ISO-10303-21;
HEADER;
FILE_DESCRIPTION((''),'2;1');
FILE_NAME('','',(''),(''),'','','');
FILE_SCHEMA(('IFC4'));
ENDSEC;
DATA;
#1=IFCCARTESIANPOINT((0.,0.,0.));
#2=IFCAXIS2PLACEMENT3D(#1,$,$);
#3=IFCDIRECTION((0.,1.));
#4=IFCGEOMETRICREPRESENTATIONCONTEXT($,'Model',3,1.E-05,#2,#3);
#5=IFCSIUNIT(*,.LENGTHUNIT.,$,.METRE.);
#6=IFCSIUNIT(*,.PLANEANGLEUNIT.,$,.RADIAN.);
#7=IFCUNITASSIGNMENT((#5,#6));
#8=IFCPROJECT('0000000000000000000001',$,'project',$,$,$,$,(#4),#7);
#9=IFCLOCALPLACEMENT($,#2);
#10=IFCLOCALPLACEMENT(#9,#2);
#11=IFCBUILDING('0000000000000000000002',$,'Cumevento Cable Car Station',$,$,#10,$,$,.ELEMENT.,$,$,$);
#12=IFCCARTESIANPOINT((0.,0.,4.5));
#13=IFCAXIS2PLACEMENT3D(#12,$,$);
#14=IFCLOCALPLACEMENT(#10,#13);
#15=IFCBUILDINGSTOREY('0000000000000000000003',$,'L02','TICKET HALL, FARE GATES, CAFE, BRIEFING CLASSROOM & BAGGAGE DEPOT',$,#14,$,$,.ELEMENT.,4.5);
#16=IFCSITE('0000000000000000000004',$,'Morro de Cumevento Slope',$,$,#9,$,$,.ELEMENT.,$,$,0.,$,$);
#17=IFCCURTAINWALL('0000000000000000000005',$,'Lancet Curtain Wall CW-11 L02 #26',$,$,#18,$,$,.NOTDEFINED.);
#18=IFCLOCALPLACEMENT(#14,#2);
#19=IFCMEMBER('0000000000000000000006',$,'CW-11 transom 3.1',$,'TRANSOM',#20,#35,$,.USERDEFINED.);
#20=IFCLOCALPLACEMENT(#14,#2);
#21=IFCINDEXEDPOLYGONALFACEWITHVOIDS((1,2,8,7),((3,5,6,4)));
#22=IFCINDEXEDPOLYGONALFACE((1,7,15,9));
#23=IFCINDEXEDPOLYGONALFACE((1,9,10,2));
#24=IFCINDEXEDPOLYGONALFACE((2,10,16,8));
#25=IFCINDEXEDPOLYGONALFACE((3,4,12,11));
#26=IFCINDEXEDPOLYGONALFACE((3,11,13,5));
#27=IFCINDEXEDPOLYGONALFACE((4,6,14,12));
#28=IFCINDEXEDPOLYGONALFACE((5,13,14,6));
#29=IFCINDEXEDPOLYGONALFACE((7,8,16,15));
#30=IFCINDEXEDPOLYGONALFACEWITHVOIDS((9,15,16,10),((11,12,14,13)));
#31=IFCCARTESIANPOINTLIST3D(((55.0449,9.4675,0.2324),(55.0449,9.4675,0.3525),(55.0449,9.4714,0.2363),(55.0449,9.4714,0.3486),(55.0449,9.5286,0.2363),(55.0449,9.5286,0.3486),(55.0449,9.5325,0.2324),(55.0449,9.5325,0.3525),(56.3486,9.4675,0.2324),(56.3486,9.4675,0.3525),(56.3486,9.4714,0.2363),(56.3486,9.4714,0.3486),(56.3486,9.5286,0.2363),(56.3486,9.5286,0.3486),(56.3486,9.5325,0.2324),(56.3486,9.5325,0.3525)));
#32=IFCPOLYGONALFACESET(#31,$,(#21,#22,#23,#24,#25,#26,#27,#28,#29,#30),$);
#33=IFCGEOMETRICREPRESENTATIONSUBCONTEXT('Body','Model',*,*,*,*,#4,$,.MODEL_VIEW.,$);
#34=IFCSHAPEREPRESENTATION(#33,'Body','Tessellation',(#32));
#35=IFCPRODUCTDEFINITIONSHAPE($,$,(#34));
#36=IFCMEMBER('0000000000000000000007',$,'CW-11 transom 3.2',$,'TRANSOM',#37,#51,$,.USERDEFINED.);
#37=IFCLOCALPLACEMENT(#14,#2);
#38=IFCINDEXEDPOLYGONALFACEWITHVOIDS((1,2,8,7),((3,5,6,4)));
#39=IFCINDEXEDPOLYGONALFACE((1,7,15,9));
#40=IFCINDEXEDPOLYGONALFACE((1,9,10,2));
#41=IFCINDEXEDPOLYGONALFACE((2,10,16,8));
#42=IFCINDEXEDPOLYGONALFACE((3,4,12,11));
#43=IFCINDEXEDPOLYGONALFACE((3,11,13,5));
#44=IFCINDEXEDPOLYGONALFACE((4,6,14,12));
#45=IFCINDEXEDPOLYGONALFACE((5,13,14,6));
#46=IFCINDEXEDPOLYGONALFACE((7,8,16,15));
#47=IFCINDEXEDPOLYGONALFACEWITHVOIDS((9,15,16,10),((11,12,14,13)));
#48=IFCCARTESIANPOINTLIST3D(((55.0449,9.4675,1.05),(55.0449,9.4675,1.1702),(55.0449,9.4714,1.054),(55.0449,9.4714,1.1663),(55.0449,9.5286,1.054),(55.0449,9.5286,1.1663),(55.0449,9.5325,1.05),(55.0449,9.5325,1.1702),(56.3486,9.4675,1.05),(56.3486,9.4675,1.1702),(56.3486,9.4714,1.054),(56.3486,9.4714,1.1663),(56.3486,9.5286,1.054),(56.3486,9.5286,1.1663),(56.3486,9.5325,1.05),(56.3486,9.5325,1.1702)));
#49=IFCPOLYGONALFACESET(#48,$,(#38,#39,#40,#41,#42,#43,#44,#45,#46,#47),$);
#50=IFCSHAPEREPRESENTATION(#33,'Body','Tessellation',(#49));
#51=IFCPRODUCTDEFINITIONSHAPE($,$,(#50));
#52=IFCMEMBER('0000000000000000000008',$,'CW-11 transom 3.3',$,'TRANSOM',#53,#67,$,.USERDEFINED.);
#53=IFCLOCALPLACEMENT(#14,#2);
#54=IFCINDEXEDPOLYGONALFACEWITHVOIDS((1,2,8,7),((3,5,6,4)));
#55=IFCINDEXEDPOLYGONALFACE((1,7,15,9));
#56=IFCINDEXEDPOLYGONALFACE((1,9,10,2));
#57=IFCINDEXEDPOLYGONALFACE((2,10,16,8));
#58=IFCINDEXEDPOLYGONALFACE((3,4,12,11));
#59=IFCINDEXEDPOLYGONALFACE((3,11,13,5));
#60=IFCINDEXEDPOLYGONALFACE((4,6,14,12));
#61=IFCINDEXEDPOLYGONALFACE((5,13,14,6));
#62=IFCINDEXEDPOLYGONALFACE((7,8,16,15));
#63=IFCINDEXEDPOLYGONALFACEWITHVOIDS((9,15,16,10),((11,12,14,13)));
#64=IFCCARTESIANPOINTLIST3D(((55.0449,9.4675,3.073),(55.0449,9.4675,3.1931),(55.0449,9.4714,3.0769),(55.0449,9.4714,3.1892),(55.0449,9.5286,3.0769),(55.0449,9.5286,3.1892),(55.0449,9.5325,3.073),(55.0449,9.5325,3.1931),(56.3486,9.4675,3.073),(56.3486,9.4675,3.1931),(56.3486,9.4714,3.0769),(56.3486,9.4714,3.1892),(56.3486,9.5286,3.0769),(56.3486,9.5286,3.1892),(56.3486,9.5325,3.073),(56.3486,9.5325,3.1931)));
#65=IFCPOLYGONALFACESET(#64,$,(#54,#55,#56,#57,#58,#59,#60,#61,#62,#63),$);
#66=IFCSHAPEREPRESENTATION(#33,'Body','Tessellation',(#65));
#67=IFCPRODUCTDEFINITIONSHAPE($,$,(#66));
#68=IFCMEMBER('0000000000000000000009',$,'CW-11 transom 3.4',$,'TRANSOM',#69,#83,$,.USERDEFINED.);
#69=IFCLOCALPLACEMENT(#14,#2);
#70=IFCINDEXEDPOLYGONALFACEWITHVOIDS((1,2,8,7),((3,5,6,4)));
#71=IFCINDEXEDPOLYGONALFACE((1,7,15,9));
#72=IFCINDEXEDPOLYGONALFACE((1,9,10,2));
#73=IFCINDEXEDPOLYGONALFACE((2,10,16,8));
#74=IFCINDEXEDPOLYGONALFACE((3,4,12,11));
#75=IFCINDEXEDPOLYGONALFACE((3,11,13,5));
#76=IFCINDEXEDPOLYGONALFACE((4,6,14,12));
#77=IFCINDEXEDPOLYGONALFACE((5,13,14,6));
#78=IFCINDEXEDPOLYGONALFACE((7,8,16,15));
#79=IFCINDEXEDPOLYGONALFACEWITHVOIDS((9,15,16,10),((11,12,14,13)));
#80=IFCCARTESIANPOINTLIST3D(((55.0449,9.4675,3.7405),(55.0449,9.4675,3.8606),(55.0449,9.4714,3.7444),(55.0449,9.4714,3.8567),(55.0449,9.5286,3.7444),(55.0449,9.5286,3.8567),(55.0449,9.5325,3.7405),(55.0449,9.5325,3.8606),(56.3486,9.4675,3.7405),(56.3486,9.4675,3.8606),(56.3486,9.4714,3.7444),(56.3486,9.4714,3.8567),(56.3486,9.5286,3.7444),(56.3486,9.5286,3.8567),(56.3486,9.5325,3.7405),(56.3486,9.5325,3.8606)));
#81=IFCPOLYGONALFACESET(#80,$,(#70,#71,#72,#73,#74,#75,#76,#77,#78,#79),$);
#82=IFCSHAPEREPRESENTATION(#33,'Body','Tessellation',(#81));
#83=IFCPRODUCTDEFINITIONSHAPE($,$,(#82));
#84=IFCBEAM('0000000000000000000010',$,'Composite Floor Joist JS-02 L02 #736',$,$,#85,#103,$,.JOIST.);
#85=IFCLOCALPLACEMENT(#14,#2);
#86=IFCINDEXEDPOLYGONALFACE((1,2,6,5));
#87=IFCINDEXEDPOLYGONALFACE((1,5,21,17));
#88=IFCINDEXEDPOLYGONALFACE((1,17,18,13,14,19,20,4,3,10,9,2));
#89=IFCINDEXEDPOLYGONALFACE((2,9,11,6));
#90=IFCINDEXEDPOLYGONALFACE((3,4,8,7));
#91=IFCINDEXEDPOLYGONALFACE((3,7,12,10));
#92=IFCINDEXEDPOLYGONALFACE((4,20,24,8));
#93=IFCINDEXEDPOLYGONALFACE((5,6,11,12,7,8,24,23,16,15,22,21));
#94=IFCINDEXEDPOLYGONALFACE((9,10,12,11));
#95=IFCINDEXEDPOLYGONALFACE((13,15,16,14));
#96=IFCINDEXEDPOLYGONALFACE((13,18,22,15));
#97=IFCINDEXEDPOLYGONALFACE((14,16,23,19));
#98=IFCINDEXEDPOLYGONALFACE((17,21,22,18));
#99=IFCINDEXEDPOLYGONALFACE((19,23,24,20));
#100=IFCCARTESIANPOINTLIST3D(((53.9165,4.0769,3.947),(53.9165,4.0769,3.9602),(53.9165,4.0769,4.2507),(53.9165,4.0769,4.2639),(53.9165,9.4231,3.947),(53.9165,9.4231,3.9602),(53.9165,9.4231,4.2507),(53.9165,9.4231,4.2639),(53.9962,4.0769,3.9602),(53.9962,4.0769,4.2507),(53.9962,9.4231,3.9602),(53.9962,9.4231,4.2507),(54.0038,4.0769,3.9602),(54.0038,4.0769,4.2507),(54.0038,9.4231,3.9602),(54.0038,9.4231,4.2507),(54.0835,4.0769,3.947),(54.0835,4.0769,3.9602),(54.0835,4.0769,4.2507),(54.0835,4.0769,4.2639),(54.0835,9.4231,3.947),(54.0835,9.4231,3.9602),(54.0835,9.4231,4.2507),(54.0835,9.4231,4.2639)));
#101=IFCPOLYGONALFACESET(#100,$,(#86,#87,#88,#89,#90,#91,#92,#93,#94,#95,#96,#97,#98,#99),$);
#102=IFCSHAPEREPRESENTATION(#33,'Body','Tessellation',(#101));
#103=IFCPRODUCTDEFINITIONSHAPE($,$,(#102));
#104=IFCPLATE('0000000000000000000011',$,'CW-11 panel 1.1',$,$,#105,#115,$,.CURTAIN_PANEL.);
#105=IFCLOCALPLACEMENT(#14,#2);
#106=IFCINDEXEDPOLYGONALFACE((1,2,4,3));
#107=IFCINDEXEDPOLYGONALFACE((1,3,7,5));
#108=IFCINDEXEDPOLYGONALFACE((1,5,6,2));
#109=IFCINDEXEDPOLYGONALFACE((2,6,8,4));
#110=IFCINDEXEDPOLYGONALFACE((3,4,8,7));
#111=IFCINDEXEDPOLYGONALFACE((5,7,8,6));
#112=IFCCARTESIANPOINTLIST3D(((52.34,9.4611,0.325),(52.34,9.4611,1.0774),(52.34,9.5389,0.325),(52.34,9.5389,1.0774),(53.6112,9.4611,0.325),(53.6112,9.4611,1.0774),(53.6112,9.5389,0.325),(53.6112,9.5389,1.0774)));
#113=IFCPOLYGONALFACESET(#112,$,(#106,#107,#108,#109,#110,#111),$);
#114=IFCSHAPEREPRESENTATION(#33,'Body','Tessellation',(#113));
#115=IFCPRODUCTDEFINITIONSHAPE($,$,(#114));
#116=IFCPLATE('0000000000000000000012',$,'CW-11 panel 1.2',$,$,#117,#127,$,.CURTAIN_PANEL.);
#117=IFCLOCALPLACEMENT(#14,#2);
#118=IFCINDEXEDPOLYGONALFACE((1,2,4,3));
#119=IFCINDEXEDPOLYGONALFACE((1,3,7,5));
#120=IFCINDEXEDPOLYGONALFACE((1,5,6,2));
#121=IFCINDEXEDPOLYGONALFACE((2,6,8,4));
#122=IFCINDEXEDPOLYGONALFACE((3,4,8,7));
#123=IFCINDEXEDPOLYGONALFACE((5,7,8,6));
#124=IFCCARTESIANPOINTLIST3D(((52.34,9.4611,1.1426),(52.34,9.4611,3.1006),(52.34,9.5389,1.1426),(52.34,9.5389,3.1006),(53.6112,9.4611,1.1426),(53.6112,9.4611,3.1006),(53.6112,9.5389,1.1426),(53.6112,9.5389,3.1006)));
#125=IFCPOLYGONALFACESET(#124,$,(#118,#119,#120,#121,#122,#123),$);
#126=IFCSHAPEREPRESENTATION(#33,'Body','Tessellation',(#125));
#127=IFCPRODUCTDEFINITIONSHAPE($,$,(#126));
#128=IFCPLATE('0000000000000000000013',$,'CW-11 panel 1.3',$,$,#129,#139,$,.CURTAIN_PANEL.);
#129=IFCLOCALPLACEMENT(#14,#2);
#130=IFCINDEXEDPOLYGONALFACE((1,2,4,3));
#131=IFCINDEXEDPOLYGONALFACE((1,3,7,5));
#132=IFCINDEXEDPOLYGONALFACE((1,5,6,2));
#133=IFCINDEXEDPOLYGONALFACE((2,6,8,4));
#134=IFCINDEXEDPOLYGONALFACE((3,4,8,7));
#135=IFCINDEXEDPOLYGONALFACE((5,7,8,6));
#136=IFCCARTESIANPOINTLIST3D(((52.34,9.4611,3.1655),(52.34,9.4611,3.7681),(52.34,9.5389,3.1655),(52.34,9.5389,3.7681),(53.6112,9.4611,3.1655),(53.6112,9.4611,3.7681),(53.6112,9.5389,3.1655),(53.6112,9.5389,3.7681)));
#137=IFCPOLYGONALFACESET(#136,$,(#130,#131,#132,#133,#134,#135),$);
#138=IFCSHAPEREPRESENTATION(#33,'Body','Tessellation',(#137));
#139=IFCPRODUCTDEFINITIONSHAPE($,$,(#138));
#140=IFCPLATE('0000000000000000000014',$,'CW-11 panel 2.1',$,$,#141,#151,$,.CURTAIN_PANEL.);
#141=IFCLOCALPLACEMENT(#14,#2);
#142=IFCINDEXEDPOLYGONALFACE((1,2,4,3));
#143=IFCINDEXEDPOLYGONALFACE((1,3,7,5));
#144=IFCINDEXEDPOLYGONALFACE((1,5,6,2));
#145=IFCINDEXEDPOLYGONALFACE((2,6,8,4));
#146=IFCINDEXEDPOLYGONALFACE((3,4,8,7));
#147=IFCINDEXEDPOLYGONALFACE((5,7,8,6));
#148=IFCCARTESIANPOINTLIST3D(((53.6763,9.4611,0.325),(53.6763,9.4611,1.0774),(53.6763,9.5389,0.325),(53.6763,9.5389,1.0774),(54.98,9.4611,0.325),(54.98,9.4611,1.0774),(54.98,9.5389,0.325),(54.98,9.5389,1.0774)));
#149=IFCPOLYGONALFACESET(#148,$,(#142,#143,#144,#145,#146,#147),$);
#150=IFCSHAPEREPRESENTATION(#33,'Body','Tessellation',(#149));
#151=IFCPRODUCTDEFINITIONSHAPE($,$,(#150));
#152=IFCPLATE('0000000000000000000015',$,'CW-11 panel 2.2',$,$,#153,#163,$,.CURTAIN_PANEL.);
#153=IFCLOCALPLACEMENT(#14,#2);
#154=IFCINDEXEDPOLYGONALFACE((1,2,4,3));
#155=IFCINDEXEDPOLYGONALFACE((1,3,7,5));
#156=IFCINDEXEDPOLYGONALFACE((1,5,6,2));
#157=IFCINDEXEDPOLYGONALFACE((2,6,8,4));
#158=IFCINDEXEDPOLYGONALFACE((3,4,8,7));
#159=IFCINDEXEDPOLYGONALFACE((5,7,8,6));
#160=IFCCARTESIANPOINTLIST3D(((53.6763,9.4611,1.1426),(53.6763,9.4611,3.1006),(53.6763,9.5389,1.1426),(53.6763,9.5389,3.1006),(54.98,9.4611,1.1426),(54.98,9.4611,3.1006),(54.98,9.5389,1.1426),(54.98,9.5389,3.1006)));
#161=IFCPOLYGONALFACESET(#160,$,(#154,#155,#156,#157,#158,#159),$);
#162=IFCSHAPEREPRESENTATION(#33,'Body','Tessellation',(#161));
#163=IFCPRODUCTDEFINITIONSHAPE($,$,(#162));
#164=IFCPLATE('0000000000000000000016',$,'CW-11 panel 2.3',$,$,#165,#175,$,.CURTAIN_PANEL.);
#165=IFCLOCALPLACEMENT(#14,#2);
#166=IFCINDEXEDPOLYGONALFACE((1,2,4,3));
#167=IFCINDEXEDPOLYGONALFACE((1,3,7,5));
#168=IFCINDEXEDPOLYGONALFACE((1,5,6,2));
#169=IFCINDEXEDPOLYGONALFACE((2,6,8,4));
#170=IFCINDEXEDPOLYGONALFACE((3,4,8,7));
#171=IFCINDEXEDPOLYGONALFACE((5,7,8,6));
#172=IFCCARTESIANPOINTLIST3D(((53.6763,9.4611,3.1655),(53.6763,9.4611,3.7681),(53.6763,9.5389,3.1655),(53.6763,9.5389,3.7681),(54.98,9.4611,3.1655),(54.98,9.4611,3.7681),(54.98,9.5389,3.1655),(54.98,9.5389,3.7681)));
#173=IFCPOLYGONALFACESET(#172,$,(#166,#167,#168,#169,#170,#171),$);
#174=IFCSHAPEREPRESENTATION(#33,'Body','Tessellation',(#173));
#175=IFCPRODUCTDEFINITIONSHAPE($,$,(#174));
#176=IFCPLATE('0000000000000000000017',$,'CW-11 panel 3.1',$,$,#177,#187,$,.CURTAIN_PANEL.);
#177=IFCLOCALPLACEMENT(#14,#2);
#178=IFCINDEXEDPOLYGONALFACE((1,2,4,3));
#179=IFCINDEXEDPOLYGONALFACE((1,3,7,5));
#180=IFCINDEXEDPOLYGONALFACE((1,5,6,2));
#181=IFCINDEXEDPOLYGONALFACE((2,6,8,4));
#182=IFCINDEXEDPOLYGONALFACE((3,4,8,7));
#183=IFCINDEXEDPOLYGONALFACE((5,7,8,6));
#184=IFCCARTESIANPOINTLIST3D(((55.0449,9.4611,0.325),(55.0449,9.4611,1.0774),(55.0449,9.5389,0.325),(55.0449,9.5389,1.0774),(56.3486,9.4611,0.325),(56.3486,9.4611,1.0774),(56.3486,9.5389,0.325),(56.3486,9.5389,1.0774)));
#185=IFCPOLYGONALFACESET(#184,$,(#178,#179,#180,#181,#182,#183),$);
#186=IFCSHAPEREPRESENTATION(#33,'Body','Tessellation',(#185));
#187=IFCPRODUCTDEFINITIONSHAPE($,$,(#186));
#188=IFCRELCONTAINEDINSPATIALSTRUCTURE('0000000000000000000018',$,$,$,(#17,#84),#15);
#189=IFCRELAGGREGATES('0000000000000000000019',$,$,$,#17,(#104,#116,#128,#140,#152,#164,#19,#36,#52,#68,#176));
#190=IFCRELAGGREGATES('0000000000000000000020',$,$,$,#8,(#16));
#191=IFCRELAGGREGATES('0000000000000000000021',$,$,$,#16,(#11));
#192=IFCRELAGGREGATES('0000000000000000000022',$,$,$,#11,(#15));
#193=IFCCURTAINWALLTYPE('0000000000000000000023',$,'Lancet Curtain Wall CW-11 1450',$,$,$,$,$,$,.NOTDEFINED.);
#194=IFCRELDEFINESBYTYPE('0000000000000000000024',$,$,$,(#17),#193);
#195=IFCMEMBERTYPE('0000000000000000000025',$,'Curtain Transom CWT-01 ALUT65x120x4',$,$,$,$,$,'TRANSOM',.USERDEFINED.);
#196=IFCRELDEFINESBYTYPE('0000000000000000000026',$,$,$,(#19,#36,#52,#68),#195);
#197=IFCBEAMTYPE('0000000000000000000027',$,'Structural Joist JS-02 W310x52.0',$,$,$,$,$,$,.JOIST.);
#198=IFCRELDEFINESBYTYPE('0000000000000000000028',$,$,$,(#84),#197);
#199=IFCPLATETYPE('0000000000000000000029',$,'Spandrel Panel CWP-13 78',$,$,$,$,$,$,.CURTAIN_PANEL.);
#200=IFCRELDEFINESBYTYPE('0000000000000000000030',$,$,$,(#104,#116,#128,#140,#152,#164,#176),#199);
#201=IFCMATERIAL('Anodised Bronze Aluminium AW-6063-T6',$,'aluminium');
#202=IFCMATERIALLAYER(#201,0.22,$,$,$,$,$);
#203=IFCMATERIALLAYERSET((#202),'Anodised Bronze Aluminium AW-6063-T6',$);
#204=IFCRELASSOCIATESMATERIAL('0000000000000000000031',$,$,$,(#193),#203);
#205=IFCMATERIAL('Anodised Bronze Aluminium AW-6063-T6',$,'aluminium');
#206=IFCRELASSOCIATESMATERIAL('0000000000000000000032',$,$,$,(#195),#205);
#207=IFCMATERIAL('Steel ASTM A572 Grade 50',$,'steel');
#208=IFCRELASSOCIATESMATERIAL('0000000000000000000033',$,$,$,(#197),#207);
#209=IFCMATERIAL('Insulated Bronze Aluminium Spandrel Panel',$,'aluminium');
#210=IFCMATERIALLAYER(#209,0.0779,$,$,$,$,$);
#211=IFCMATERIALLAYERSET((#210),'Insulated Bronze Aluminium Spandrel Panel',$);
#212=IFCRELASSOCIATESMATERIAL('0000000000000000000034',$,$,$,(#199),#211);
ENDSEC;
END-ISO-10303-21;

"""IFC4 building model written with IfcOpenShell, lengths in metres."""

from ifc_helpers import new_model, si_unit, direction, frame, origin, origin_2d, place, context, subcontext, project, spatial, rectangle, hollow_rectangle, i_section, extrude, material, layer, layer_set, material_profile, profile_set, type_object, element, aggregate, save


model = new_model("IFC4")

# Units and contexts
model_context = context("Model", 3, precision=1e-05, world=origin(), true_north=direction((0.0, 1.0)))
body_context = subcontext(model_context, "Body", "Model", "MODEL_VIEW")
ifc_project = project(units=[si_unit("LENGTHUNIT", "METRE"), si_unit("PLANEANGLEUNIT", "RADIAN")], contexts=[model_context])

# Site, building, storey
site_placement = place(None, origin())
site = spatial("IfcSite", under=ifc_project, at=site_placement, Name="Morro de Cumevento Slope", CompositionType="ELEMENT", RefElevation=0.0)
building_placement = place(site_placement, origin())
building = spatial("IfcBuilding", under=site, at=building_placement, Name="Cumevento Cable Car Station", CompositionType="ELEMENT")
storey_placement = place(building_placement, frame((0.0, 0.0, 4.5)))
storey = spatial("IfcBuildingStorey", under=building, at=storey_placement, Name="L02", Description="TICKET HALL, FARE GATES, CAFE, BRIEFING CLASSROOM & BAGGAGE DEPOT", CompositionType="ELEMENT", Elevation=4.5)

# Curtain wall, members
ifc_material_1 = material(Name="Anodised Bronze Aluminium AW-6063-T6", Category="aluminium")
ifc_layer_1 = layer(ifc_material_1, 0.22)
ifc_layer_set_1 = layer_set([ifc_layer_1], Name="Anodised Bronze Aluminium AW-6063-T6")
curtain_wall_type = type_object("IfcCurtainWallType", Name="Lancet Curtain Wall CW-11 1450", PredefinedType="NOTDEFINED", material=ifc_layer_set_1)
curtain_wall_placement = place(storey_placement, origin())
curtain_wall = element("IfcCurtainWall", 1, at=curtain_wall_placement, inside=storey, type_object=curtain_wall_type, Name="Lancet Curtain Wall CW-11 L02 #26", PredefinedType="NOTDEFINED")
ifc_material_2 = material(Name="Anodised Bronze Aluminium AW-6063-T6", Category="aluminium")
ifc_material_profile_1 = material_profile(ifc_material_2, hollow_rectangle(XDim=0.0649, YDim=0.1201, WallThickness=0.0039, at=origin_2d()), Name="ALUT65x120x4")
ifc_profile_set_1 = profile_set([ifc_material_profile_1], Name="Anodised Bronze Aluminium AW-6063-T6")
member_type_1 = type_object("IfcMemberType", Name="Curtain Transom CWT-01 ALUT65x120x4", ElementType="TRANSOM", PredefinedType="USERDEFINED", material=ifc_profile_set_1)
member_1_placement = place(storey_placement, frame((55.0449, 9.5, 0.2925), z_axis=(1.0, 0.0, 0.0), x_axis=(0.0, 1.0, 0.0)))
member_1 = element("IfcMember", 2, at=member_1_placement, type_object=member_type_1, Name="CW-11 transom 3.1", ObjectType="TRANSOM", PredefinedType="USERDEFINED", context=body_context, shape_type="SweptSolid", body=[
    extrude(hollow_rectangle(XDim=0.0649, YDim=0.1201, WallThickness=0.0039, at=origin_2d()), origin(), (0.0, 0.0, 1.0), 1.3037),
])
member_2_placement = place(storey_placement, frame((55.0449, 9.5, 1.1101), z_axis=(1.0, 0.0, 0.0), x_axis=(0.0, 1.0, 0.0)))
member_2 = element("IfcMember", 3, at=member_2_placement, type_object=member_type_1, Name="CW-11 transom 3.2", ObjectType="TRANSOM", PredefinedType="USERDEFINED", context=body_context, shape_type="SweptSolid", body=[
    extrude(hollow_rectangle(XDim=0.0649, YDim=0.1201, WallThickness=0.0039, at=origin_2d()), origin(), (0.0, 0.0, 1.0), 1.3037),
])
member_3_placement = place(storey_placement, frame((55.0449, 9.5, 3.1331), z_axis=(1.0, 0.0, 0.0), x_axis=(0.0, 1.0, 0.0)))
member_3 = element("IfcMember", 4, at=member_3_placement, type_object=member_type_1, Name="CW-11 transom 3.3", ObjectType="TRANSOM", PredefinedType="USERDEFINED", context=body_context, shape_type="SweptSolid", body=[
    extrude(hollow_rectangle(XDim=0.0649, YDim=0.1201, WallThickness=0.0039, at=origin_2d()), origin(), (0.0, 0.0, 1.0), 1.3037),
])
member_4_placement = place(storey_placement, frame((55.0449, 9.5, 3.8005), z_axis=(1.0, 0.0, 0.0), x_axis=(0.0, 1.0, 0.0)))
member_4 = element("IfcMember", 5, at=member_4_placement, type_object=member_type_1, Name="CW-11 transom 3.4", ObjectType="TRANSOM", PredefinedType="USERDEFINED", context=body_context, shape_type="SweptSolid", body=[
    extrude(hollow_rectangle(XDim=0.0649, YDim=0.1201, WallThickness=0.0039, at=origin_2d()), origin(), (0.0, 0.0, 1.0), 1.3037),
])

# Beam
ifc_material_3 = material(Name="Steel ASTM A572 Grade 50", Category="steel")
ifc_material_profile_2 = material_profile(ifc_material_3, i_section(OverallWidth=0.167, OverallDepth=0.3169, WebThickness=0.0076, FlangeThickness=0.0132, at=origin_2d()), Name="W310x52.0")
ifc_profile_set_2 = profile_set([ifc_material_profile_2], Name="Steel ASTM A572 Grade 50")
beam_type = type_object("IfcBeamType", Name="Structural Joist JS-02 W310x52.0", PredefinedType="JOIST", material=ifc_profile_set_2)
beam_placement = place(storey_placement, frame((54.0, 4.0769, 4.1055), z_axis=(0.0, 1.0, 0.0), x_axis=(-1.0, 0.0, 0.0)))
element("IfcBeam", 6, at=beam_placement, inside=storey, type_object=beam_type, Name="Composite Floor Joist JS-02 L02 #736", PredefinedType="JOIST", context=body_context, shape_type="SweptSolid", body=[
    extrude(i_section(OverallWidth=0.167, OverallDepth=0.3169, WebThickness=0.0076, FlangeThickness=0.0132, at=origin_2d()), origin(), (0.0, 0.0, 1.0), 5.3462),
])

# Plates
ifc_material_4 = material(Name="Insulated Bronze Aluminium Spandrel Panel", Category="aluminium")
ifc_layer_2 = layer(ifc_material_4, 0.0779)
ifc_layer_set_2 = layer_set([ifc_layer_2], Name="Insulated Bronze Aluminium Spandrel Panel")
plate_type = type_object("IfcPlateType", Name="Spandrel Panel CWP-13 78", PredefinedType="CURTAIN_PANEL", material=ifc_layer_set_2)
plate_1_placement = place(storey_placement, frame((52.9756, 9.5, 0.325), z_axis=(0.0, 0.0, 1.0), x_axis=(1.0, 0.0, 0.0)))
plate_1 = element("IfcPlate", 7, at=plate_1_placement, type_object=plate_type, Name="CW-11 panel 1.1", PredefinedType="CURTAIN_PANEL", context=body_context, shape_type="SweptSolid", body=[
    extrude(rectangle(XDim=1.2712, YDim=0.0779, at=origin_2d()), origin(), (0.0, 0.0, 1.0), 0.7524),
])
plate_2_placement = place(storey_placement, frame((52.9756, 9.5, 1.1426), z_axis=(0.0, 0.0, 1.0), x_axis=(1.0, 0.0, 0.0)))
plate_2 = element("IfcPlate", 8, at=plate_2_placement, type_object=plate_type, Name="CW-11 panel 1.2", PredefinedType="CURTAIN_PANEL", context=body_context, shape_type="SweptSolid", body=[
    extrude(rectangle(XDim=1.2712, YDim=0.0779, at=origin_2d()), origin(), (0.0, 0.0, 1.0), 1.958),
])
plate_3_placement = place(storey_placement, frame((52.9756, 9.5, 3.1655), z_axis=(0.0, 0.0, 1.0), x_axis=(1.0, 0.0, 0.0)))
plate_3 = element("IfcPlate", 9, at=plate_3_placement, type_object=plate_type, Name="CW-11 panel 1.3", PredefinedType="CURTAIN_PANEL", context=body_context, shape_type="SweptSolid", body=[
    extrude(rectangle(XDim=1.2712, YDim=0.0779, at=origin_2d()), origin(), (0.0, 0.0, 1.0), 0.6025),
])
plate_4_placement = place(storey_placement, frame((54.3281, 9.5, 0.325), z_axis=(0.0, 0.0, 1.0), x_axis=(1.0, 0.0, 0.0)))
plate_4 = element("IfcPlate", 10, at=plate_4_placement, type_object=plate_type, Name="CW-11 panel 2.1", PredefinedType="CURTAIN_PANEL", context=body_context, shape_type="SweptSolid", body=[
    extrude(rectangle(XDim=1.3037, YDim=0.0779, at=origin_2d()), origin(), (0.0, 0.0, 1.0), 0.7524),
])
plate_5_placement = place(storey_placement, frame((54.3281, 9.5, 1.1426), z_axis=(0.0, 0.0, 1.0), x_axis=(1.0, 0.0, 0.0)))
plate_5 = element("IfcPlate", 11, at=plate_5_placement, type_object=plate_type, Name="CW-11 panel 2.2", PredefinedType="CURTAIN_PANEL", context=body_context, shape_type="SweptSolid", body=[
    extrude(rectangle(XDim=1.3037, YDim=0.0779, at=origin_2d()), origin(), (0.0, 0.0, 1.0), 1.958),
])
plate_6_placement = place(storey_placement, frame((54.3281, 9.5, 3.1655), z_axis=(0.0, 0.0, 1.0), x_axis=(1.0, 0.0, 0.0)))
plate_6 = element("IfcPlate", 12, at=plate_6_placement, type_object=plate_type, Name="CW-11 panel 2.3", PredefinedType="CURTAIN_PANEL", context=body_context, shape_type="SweptSolid", body=[
    extrude(rectangle(XDim=1.3037, YDim=0.0779, at=origin_2d()), origin(), (0.0, 0.0, 1.0), 0.6025),
])
plate_7_placement = place(storey_placement, frame((55.6968, 9.5, 0.325), z_axis=(0.0, 0.0, 1.0), x_axis=(1.0, 0.0, 0.0)))
plate_7 = element("IfcPlate", 13, at=plate_7_placement, type_object=plate_type, Name="CW-11 panel 3.1", PredefinedType="CURTAIN_PANEL", context=body_context, shape_type="SweptSolid", body=[
    extrude(rectangle(XDim=1.3037, YDim=0.0779, at=origin_2d()), origin(), (0.0, 0.0, 1.0), 0.7524),
])
aggregate(curtain_wall, [plate_1, plate_2, plate_3, plate_4, plate_5, plate_6, member_1, member_2, member_3, member_4, plate_7])

save(model, "model.ifc")
